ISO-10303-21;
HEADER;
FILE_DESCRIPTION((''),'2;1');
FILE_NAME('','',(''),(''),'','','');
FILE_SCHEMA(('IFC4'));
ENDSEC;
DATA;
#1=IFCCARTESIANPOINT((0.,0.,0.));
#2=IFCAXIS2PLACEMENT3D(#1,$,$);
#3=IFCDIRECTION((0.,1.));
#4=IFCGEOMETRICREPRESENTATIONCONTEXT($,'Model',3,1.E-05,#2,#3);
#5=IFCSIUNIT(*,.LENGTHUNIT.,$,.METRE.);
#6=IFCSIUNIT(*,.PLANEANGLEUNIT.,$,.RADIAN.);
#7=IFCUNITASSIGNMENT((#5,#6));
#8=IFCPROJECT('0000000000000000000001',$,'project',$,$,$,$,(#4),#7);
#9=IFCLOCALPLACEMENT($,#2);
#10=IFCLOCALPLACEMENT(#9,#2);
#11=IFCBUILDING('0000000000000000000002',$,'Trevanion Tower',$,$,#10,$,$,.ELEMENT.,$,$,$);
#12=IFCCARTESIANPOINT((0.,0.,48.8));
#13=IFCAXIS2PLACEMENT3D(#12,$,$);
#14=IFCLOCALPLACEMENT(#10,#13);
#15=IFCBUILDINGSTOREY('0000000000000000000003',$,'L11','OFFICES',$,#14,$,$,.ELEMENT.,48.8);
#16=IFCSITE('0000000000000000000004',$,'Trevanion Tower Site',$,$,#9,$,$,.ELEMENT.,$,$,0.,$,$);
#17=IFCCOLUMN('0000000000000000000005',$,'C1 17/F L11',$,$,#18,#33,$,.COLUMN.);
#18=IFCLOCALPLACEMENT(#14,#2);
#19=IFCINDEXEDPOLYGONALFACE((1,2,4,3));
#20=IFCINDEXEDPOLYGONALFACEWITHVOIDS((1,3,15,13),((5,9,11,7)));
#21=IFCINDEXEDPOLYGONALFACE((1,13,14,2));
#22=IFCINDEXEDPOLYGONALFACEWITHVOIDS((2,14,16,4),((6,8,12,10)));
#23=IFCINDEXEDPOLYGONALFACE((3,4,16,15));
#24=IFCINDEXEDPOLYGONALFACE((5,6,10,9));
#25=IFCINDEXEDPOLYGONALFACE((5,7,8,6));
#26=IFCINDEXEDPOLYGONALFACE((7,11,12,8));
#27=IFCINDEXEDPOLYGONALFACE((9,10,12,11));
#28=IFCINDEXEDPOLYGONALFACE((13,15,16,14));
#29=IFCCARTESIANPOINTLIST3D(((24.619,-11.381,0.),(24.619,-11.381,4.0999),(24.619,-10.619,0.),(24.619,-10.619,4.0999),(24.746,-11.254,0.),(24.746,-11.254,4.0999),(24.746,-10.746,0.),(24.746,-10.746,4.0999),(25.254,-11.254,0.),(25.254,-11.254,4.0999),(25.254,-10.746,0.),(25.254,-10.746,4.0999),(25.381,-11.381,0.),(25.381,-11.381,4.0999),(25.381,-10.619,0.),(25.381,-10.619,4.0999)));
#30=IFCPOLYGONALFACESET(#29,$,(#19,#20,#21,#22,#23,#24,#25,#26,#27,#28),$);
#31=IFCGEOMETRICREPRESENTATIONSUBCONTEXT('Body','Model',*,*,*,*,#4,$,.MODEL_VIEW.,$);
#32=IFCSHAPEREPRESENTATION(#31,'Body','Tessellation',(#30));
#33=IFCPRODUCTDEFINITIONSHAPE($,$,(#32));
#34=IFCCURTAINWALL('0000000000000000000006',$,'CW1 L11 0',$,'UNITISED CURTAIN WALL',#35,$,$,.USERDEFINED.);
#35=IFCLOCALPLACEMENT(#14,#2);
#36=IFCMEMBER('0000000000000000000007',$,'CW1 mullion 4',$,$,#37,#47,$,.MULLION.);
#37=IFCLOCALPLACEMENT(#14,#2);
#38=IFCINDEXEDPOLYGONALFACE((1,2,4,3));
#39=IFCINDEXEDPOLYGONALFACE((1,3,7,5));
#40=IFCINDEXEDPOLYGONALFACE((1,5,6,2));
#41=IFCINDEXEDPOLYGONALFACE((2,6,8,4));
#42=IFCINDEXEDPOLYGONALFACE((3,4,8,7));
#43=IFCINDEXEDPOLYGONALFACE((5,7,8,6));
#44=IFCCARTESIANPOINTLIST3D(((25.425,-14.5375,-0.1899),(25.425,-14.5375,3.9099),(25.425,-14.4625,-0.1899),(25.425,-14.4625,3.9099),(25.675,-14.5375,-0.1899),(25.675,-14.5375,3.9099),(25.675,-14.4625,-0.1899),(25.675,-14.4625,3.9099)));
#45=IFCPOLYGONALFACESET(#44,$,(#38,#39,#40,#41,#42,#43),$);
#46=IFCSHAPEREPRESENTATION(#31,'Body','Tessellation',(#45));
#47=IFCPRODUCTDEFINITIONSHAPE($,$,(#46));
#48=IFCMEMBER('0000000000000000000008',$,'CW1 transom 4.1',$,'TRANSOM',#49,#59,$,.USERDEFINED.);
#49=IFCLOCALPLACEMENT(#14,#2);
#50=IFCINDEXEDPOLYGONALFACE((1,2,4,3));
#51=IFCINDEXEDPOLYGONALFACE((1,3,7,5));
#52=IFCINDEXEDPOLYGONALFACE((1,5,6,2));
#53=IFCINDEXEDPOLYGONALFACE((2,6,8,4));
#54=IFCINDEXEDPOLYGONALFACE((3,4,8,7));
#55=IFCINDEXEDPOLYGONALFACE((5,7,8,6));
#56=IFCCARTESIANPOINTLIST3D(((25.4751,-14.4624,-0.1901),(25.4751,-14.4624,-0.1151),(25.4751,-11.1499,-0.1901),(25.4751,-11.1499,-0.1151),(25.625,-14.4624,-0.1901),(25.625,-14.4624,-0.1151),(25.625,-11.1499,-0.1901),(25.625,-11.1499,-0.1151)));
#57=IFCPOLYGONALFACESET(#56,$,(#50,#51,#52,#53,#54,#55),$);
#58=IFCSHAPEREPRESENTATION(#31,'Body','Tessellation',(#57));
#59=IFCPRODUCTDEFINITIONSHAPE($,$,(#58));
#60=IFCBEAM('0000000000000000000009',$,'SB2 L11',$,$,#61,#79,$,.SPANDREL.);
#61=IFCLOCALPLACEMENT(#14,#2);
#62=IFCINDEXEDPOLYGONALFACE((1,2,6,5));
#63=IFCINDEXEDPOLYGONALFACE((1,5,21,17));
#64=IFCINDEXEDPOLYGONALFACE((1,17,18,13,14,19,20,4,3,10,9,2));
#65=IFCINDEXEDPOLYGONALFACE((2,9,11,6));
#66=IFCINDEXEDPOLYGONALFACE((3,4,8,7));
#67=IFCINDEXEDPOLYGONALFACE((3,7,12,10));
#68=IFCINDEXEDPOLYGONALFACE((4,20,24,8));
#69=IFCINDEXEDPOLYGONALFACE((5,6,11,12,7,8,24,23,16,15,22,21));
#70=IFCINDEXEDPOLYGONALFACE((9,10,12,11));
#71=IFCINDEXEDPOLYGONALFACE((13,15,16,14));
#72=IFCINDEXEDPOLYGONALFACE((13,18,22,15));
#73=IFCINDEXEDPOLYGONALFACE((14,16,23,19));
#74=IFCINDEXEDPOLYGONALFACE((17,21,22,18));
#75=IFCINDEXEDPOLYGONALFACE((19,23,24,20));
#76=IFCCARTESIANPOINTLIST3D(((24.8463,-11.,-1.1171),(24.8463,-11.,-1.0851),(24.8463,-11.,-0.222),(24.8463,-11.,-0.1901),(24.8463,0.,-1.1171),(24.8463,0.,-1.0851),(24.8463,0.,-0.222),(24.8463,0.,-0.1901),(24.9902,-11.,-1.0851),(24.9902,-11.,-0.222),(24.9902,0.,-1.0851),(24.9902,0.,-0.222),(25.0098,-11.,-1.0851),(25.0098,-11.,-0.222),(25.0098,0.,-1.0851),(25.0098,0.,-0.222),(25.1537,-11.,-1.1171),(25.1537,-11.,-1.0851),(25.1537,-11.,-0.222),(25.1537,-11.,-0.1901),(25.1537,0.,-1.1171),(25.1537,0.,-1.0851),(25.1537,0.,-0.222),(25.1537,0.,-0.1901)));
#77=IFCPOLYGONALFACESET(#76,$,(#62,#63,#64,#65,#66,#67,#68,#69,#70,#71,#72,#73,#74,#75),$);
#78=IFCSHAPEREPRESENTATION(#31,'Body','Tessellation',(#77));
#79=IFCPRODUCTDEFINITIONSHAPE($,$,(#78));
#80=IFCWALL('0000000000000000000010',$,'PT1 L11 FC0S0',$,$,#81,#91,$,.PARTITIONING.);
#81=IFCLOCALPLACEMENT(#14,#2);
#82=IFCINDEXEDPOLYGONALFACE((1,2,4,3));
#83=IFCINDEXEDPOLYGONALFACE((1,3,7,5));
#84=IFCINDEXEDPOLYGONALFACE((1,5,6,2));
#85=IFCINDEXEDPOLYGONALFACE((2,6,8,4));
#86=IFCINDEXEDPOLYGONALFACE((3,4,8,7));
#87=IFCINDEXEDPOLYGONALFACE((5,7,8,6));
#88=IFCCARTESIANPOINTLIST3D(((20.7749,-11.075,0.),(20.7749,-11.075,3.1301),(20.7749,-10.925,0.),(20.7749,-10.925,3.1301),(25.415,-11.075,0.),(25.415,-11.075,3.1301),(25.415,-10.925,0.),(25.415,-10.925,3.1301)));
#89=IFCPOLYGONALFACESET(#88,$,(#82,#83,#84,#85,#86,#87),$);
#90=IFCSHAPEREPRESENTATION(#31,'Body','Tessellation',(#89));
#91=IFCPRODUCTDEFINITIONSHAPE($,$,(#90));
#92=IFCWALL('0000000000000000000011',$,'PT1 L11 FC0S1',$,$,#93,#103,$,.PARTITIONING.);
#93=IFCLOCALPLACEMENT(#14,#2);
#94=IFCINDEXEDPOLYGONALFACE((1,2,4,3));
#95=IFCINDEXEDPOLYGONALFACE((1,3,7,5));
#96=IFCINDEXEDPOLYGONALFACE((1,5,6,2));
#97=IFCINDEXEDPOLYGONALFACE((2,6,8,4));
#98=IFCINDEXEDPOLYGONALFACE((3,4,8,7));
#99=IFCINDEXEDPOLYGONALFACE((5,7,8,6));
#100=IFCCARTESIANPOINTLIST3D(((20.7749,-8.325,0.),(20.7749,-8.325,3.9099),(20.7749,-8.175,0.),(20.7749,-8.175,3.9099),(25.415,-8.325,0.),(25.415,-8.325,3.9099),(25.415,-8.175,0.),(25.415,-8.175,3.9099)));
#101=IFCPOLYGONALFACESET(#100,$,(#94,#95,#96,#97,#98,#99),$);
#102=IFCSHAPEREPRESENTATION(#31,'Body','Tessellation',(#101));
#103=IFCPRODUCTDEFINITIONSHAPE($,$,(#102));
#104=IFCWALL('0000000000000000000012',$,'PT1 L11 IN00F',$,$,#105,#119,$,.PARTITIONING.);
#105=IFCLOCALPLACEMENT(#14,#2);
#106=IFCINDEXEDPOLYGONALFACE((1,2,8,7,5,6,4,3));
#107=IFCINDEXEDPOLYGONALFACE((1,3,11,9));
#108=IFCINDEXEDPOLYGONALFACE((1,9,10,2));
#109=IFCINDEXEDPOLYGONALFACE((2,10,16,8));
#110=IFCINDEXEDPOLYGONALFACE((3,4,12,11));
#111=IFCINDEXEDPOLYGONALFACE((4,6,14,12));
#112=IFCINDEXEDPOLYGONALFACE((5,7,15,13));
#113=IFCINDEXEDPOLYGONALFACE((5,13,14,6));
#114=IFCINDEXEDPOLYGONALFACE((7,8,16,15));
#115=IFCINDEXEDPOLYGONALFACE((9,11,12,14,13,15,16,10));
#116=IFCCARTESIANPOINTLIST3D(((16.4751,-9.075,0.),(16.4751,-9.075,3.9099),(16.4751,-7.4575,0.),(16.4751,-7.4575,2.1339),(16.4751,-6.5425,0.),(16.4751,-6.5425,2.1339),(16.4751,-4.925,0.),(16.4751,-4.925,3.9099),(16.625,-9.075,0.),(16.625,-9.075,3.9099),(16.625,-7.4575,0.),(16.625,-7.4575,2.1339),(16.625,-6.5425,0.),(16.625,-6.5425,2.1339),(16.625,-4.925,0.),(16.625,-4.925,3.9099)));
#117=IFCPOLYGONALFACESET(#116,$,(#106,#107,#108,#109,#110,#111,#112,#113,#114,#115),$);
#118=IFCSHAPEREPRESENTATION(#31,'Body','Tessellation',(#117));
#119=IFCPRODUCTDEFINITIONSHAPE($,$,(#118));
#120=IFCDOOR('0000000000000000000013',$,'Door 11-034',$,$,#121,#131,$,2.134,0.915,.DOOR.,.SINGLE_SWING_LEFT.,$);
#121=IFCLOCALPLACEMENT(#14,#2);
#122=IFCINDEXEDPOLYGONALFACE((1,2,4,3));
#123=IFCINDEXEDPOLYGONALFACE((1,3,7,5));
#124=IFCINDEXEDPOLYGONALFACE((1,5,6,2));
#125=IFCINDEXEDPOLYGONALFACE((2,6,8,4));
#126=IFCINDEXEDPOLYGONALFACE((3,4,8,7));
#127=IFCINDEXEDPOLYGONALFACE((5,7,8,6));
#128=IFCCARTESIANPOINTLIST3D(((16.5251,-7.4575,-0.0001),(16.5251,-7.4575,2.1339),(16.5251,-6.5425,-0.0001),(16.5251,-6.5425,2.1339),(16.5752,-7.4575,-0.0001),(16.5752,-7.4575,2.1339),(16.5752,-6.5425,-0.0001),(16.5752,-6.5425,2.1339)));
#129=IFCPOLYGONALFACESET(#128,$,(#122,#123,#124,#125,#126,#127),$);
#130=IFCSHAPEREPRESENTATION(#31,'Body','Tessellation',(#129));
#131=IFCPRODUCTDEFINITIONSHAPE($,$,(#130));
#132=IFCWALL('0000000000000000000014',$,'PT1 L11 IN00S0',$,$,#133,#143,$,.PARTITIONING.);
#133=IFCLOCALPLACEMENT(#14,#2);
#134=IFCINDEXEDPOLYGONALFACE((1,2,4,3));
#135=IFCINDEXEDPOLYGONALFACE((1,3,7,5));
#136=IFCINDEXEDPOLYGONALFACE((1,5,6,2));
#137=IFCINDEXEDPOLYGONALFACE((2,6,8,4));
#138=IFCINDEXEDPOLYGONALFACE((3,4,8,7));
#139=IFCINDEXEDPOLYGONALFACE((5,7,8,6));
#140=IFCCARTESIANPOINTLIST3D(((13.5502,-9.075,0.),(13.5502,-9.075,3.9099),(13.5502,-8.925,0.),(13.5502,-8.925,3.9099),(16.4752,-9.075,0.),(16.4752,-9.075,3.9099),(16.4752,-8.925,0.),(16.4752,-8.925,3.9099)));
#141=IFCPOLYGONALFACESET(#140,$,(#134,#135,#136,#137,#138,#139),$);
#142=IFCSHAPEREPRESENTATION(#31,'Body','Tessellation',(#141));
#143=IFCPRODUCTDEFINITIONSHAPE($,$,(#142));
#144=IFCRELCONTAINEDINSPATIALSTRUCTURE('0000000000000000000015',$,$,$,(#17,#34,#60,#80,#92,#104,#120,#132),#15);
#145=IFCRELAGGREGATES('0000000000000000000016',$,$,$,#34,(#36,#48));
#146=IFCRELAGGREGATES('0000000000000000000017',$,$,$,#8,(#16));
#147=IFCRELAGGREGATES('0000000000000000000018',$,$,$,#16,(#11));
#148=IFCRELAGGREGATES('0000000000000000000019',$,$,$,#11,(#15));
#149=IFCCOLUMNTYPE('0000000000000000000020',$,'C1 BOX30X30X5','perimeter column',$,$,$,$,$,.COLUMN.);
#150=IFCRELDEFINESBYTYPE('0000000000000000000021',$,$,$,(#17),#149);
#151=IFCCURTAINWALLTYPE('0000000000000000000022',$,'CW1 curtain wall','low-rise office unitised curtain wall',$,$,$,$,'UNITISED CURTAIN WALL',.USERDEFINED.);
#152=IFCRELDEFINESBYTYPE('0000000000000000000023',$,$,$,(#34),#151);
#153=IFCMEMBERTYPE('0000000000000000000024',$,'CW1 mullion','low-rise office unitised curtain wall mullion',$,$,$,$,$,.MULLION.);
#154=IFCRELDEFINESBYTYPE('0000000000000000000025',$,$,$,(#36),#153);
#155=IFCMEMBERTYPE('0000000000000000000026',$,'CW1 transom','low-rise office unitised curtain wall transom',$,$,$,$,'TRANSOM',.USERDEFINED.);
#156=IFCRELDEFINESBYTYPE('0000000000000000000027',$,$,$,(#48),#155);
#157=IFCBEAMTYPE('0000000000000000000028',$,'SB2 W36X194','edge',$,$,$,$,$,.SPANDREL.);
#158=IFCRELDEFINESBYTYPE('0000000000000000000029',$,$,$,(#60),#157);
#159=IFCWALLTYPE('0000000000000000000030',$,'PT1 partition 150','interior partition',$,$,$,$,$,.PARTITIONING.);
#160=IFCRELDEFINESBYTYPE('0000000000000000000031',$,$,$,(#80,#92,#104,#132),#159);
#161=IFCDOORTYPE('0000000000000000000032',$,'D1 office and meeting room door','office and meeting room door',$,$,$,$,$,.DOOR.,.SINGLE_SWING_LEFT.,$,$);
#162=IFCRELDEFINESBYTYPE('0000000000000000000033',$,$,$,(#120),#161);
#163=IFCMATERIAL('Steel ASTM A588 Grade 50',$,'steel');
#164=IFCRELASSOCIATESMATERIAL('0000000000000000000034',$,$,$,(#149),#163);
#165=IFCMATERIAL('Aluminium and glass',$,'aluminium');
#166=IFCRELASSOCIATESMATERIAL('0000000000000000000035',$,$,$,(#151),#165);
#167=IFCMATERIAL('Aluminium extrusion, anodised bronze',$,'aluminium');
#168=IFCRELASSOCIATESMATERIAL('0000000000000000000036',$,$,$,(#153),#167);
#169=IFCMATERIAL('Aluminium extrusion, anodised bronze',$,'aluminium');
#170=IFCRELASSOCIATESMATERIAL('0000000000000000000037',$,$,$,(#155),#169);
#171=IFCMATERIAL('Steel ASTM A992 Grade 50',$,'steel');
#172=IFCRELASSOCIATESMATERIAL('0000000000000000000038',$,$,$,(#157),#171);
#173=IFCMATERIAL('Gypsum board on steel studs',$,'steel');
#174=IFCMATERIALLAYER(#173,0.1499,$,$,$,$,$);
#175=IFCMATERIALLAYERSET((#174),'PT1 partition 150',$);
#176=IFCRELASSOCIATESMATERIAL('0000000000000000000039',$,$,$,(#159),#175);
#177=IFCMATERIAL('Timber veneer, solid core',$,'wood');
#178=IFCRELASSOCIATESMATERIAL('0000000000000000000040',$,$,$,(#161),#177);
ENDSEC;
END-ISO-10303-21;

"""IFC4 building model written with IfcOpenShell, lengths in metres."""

from ifc_helpers import new_model, si_unit, direction, frame, frame_2d, origin, origin_2d, place, context, subcontext, project, spatial, rectangle, hollow_rectangle, i_section, extrude, material, layer, layer_set, material_profile, profile_set, type_object, element, fill, aggregate, save


model = new_model("IFC4")

# Units and contexts
model_context = context("Model", 3, precision=1e-05, world=origin(), true_north=direction((0.0, 1.0)))
body_context = subcontext(model_context, "Body", "Model", "MODEL_VIEW")
ifc_project = project(units=[si_unit("LENGTHUNIT", "METRE"), si_unit("PLANEANGLEUNIT", "RADIAN")], contexts=[model_context])

# Site, building, storey
site_placement = place(None, origin())
site = spatial("IfcSite", under=ifc_project, at=site_placement, Name="Trevanion Tower Site", CompositionType="ELEMENT", RefElevation=0.0)
building_placement = place(site_placement, origin())
building = spatial("IfcBuilding", under=site, at=building_placement, Name="Trevanion Tower", CompositionType="ELEMENT")
storey_placement = place(building_placement, frame((0.0, 0.0, 48.8)))
storey = spatial("IfcBuildingStorey", under=building, at=storey_placement, Name="L11", Description="OFFICES", CompositionType="ELEMENT", Elevation=48.8)

# Column
ifc_material_1 = material(Name="Steel ASTM A588 Grade 50", Category="steel")
ifc_material_profile_1 = material_profile(ifc_material_1, hollow_rectangle(XDim=0.762, YDim=0.762, WallThickness=0.127, at=origin_2d()), Name="BOX30X30X5")
ifc_profile_set_1 = profile_set([ifc_material_profile_1], Name="Steel ASTM A588 Grade 50")
column_type = type_object("IfcColumnType", Name="C1 BOX30X30X5", Description="perimeter column", PredefinedType="COLUMN", material=ifc_profile_set_1)
column_placement = place(storey_placement, frame((25.0, -11.0, 0.0), z_axis=(0.0, 0.0, 1.0), x_axis=(0.0, 1.0, 0.0)))
element("IfcColumn", 1, at=column_placement, inside=storey, type_object=column_type, Name="C1 17/F L11", PredefinedType="COLUMN", context=body_context, shape_type="SweptSolid", body=[
    extrude(hollow_rectangle(XDim=0.762, YDim=0.762, WallThickness=0.127, at=origin_2d()), origin(), (0.0, 0.0, 1.0), 4.0999),
])

# Curtain wall, members
ifc_material_2 = material(Name="Aluminium and glass", Category="aluminium")
curtain_wall_type = type_object("IfcCurtainWallType", Name="CW1 curtain wall", Description="low-rise office unitised curtain wall", ElementType="UNITISED CURTAIN WALL", PredefinedType="USERDEFINED", material=ifc_material_2)
curtain_wall_placement = place(storey_placement, origin())
curtain_wall = element("IfcCurtainWall", 2, at=curtain_wall_placement, inside=storey, type_object=curtain_wall_type, Name="CW1 L11 0", ObjectType="UNITISED CURTAIN WALL", PredefinedType="USERDEFINED")
ifc_material_3 = material(Name="Aluminium extrusion, anodised bronze", Category="aluminium")
ifc_material_profile_2 = material_profile(ifc_material_3, rectangle(XDim=0.075, YDim=0.25, at=origin_2d()), Name="CW1 mullion")
ifc_profile_set_2 = profile_set([ifc_material_profile_2], Name="Aluminium extrusion, anodised bronze")
member_type_1 = type_object("IfcMemberType", Name="CW1 mullion", Description="low-rise office unitised curtain wall mullion", PredefinedType="MULLION", material=ifc_profile_set_2)
member_1_placement = place(storey_placement, frame((25.55, -14.5, -0.1899), z_axis=(0.0, 0.0, 1.0), x_axis=(0.0, 1.0, 0.0)))
member_1 = element("IfcMember", 3, at=member_1_placement, type_object=member_type_1, Name="CW1 mullion 4", PredefinedType="MULLION", context=body_context, shape_type="SweptSolid", body=[
    extrude(rectangle(XDim=0.075, YDim=0.25, at=origin_2d()), origin(), (0.0, 0.0, 1.0), 4.0999),
])
ifc_material_4 = material(Name="Aluminium extrusion, anodised bronze", Category="aluminium")
ifc_material_profile_3 = material_profile(ifc_material_4, rectangle(XDim=0.1499, YDim=0.075, at=origin_2d()), Name="CW1 transom")
ifc_profile_set_3 = profile_set([ifc_material_profile_3], Name="Aluminium extrusion, anodised bronze")
member_type_2 = type_object("IfcMemberType", Name="CW1 transom", Description="low-rise office unitised curtain wall transom", ElementType="TRANSOM", PredefinedType="USERDEFINED", material=ifc_profile_set_3)
member_2_placement = place(storey_placement, frame((25.55, -14.4624, -0.1526), z_axis=(0.0, 1.0, 0.0), x_axis=(-1.0, 0.0, 0.0)))
member_2 = element("IfcMember", 4, at=member_2_placement, type_object=member_type_2, Name="CW1 transom 4.1", ObjectType="TRANSOM", PredefinedType="USERDEFINED", context=body_context, shape_type="SweptSolid", body=[
    extrude(rectangle(XDim=0.1499, YDim=0.075, at=origin_2d()), origin(), (0.0, 0.0, 1.0), 3.3125),
])
aggregate(curtain_wall, [member_1, member_2])

# Beam
ifc_material_5 = material(Name="Steel ASTM A992 Grade 50", Category="steel")
ifc_material_profile_4 = material_profile(ifc_material_5, i_section(OverallWidth=0.3074, OverallDepth=0.927, WebThickness=0.0195, FlangeThickness=0.032, at=origin_2d()), Name="W36X194")
ifc_profile_set_4 = profile_set([ifc_material_profile_4], Name="Steel ASTM A992 Grade 50")
beam_type = type_object("IfcBeamType", Name="SB2 W36X194", Description="edge", PredefinedType="SPANDREL", material=ifc_profile_set_4)
beam_placement = place(storey_placement, frame((25.0, -11.0, -0.6536), z_axis=(0.0, 1.0, 0.0), x_axis=(-1.0, 0.0, 0.0)))
element("IfcBeam", 5, at=beam_placement, inside=storey, type_object=beam_type, Name="SB2 L11", PredefinedType="SPANDREL", context=body_context, shape_type="SweptSolid", body=[
    extrude(i_section(OverallWidth=0.3074, OverallDepth=0.927, WebThickness=0.0195, FlangeThickness=0.032, at=origin_2d()), origin(), (0.0, 0.0, 1.0), 11.0),
])

# Shared definitions
ifc_material_6 = material(Name="Gypsum board on steel studs", Category="steel")
ifc_layer = layer(ifc_material_6, 0.1499)
ifc_layer_set = layer_set([ifc_layer], Name="PT1 partition 150")
wall_type = type_object("IfcWallType", Name="PT1 partition 150", Description="interior partition", PredefinedType="PARTITIONING", material=ifc_layer_set)
ifc_material_7 = material(Name="Timber veneer, solid core", Category="wood")
door_type = type_object("IfcDoorType", Name="D1 office and meeting room door", Description="office and meeting room door", OperationType="SINGLE_SWING_LEFT", PredefinedType="DOOR", material=ifc_material_7)

# Walls
wall_1_placement = place(storey_placement, frame((20.7749, -11.0, 0.0), z_axis=(0.0, 0.0, 1.0), x_axis=(1.0, 0.0, 0.0)))
element("IfcWall", 6, at=wall_1_placement, inside=storey, type_object=wall_type, Name="PT1 L11 FC0S0", PredefinedType="PARTITIONING", context=body_context, shape_type="SweptSolid", body=[
    extrude(rectangle(XDim=4.6401, YDim=0.1499, at=frame_2d((2.3201, 0.0))), origin(), (0.0, 0.0, 1.0), 3.1301),
])
wall_2_placement = place(storey_placement, frame((20.7749, -8.25, 0.0), z_axis=(0.0, 0.0, 1.0), x_axis=(1.0, 0.0, 0.0)))
element("IfcWall", 7, at=wall_2_placement, inside=storey, type_object=wall_type, Name="PT1 L11 FC0S1", PredefinedType="PARTITIONING", context=body_context, shape_type="SweptSolid", body=[
    extrude(rectangle(XDim=4.6401, YDim=0.1499, at=frame_2d((2.3201, 0.0))), origin(), (0.0, 0.0, 1.0), 3.9099),
])

# Wall, opening, door
wall_3_placement = place(storey_placement, frame((16.55, -9.075, 0.0), z_axis=(0.0, 0.0, 1.0), x_axis=(0.0, 1.0, 0.0)))
wall_3 = element("IfcWall", 8, at=wall_3_placement, inside=storey, type_object=wall_type, Name="PT1 L11 IN00F", PredefinedType="PARTITIONING", context=body_context, shape_type="SweptSolid", body=[
    extrude(rectangle(XDim=4.1499, YDim=0.1499, at=frame_2d((2.075, 0.0))), origin(), (0.0, 0.0, 1.0), 3.9099),
])
opening_1_placement = place(wall_3_placement, frame((1.6174, 0.0, 0.0)))
opening_1 = element("IfcOpeningElement", 9, at=opening_1_placement, cuts=wall_3, PredefinedType="OPENING", context=body_context, shape_type="SweptSolid", body=[
    extrude(rectangle(XDim=0.915, YDim=2.134, at=frame_2d((0.4575, 1.0669))), frame((0.0, 0.085, 0.0), z_axis=(0.0, -1.0, 0.0), x_axis=(1.0, 0.0, 0.0)), (0.0, 0.0, 1.0), 0.1699),
])
door_1_placement = place(opening_1_placement, origin())
door_1 = element("IfcDoor", 10, at=door_1_placement, inside=storey, type_object=door_type, Name="Door 11-034", OperationType="SINGLE_SWING_LEFT", OverallHeight=2.134, OverallWidth=0.915, PredefinedType="DOOR", context=body_context, shape_type="SweptSolid", body=[
    extrude(rectangle(XDim=0.915, YDim=2.134, at=frame_2d((0.4575, 1.0669))), frame((0.0, 0.0249, 0.0), z_axis=(0.0, -1.0, 0.0), x_axis=(1.0, 0.0, 0.0)), (0.0, 0.0, 1.0), 0.05),
])
fill(opening_1, door_1)

# Wall
wall_4_placement = place(storey_placement, frame((16.4751, -9.0, 0.0), z_axis=(0.0, 0.0, 1.0), x_axis=(-1.0, 0.0, 0.0)))
element("IfcWall", 11, at=wall_4_placement, inside=storey, type_object=wall_type, Name="PT1 L11 IN00S0", PredefinedType="PARTITIONING", context=body_context, shape_type="SweptSolid", body=[
    extrude(rectangle(XDim=2.925, YDim=0.1499, at=frame_2d((1.4624, 0.0))), origin(), (0.0, 0.0, 1.0), 3.9099),
])

save(model, "model.ifc")
